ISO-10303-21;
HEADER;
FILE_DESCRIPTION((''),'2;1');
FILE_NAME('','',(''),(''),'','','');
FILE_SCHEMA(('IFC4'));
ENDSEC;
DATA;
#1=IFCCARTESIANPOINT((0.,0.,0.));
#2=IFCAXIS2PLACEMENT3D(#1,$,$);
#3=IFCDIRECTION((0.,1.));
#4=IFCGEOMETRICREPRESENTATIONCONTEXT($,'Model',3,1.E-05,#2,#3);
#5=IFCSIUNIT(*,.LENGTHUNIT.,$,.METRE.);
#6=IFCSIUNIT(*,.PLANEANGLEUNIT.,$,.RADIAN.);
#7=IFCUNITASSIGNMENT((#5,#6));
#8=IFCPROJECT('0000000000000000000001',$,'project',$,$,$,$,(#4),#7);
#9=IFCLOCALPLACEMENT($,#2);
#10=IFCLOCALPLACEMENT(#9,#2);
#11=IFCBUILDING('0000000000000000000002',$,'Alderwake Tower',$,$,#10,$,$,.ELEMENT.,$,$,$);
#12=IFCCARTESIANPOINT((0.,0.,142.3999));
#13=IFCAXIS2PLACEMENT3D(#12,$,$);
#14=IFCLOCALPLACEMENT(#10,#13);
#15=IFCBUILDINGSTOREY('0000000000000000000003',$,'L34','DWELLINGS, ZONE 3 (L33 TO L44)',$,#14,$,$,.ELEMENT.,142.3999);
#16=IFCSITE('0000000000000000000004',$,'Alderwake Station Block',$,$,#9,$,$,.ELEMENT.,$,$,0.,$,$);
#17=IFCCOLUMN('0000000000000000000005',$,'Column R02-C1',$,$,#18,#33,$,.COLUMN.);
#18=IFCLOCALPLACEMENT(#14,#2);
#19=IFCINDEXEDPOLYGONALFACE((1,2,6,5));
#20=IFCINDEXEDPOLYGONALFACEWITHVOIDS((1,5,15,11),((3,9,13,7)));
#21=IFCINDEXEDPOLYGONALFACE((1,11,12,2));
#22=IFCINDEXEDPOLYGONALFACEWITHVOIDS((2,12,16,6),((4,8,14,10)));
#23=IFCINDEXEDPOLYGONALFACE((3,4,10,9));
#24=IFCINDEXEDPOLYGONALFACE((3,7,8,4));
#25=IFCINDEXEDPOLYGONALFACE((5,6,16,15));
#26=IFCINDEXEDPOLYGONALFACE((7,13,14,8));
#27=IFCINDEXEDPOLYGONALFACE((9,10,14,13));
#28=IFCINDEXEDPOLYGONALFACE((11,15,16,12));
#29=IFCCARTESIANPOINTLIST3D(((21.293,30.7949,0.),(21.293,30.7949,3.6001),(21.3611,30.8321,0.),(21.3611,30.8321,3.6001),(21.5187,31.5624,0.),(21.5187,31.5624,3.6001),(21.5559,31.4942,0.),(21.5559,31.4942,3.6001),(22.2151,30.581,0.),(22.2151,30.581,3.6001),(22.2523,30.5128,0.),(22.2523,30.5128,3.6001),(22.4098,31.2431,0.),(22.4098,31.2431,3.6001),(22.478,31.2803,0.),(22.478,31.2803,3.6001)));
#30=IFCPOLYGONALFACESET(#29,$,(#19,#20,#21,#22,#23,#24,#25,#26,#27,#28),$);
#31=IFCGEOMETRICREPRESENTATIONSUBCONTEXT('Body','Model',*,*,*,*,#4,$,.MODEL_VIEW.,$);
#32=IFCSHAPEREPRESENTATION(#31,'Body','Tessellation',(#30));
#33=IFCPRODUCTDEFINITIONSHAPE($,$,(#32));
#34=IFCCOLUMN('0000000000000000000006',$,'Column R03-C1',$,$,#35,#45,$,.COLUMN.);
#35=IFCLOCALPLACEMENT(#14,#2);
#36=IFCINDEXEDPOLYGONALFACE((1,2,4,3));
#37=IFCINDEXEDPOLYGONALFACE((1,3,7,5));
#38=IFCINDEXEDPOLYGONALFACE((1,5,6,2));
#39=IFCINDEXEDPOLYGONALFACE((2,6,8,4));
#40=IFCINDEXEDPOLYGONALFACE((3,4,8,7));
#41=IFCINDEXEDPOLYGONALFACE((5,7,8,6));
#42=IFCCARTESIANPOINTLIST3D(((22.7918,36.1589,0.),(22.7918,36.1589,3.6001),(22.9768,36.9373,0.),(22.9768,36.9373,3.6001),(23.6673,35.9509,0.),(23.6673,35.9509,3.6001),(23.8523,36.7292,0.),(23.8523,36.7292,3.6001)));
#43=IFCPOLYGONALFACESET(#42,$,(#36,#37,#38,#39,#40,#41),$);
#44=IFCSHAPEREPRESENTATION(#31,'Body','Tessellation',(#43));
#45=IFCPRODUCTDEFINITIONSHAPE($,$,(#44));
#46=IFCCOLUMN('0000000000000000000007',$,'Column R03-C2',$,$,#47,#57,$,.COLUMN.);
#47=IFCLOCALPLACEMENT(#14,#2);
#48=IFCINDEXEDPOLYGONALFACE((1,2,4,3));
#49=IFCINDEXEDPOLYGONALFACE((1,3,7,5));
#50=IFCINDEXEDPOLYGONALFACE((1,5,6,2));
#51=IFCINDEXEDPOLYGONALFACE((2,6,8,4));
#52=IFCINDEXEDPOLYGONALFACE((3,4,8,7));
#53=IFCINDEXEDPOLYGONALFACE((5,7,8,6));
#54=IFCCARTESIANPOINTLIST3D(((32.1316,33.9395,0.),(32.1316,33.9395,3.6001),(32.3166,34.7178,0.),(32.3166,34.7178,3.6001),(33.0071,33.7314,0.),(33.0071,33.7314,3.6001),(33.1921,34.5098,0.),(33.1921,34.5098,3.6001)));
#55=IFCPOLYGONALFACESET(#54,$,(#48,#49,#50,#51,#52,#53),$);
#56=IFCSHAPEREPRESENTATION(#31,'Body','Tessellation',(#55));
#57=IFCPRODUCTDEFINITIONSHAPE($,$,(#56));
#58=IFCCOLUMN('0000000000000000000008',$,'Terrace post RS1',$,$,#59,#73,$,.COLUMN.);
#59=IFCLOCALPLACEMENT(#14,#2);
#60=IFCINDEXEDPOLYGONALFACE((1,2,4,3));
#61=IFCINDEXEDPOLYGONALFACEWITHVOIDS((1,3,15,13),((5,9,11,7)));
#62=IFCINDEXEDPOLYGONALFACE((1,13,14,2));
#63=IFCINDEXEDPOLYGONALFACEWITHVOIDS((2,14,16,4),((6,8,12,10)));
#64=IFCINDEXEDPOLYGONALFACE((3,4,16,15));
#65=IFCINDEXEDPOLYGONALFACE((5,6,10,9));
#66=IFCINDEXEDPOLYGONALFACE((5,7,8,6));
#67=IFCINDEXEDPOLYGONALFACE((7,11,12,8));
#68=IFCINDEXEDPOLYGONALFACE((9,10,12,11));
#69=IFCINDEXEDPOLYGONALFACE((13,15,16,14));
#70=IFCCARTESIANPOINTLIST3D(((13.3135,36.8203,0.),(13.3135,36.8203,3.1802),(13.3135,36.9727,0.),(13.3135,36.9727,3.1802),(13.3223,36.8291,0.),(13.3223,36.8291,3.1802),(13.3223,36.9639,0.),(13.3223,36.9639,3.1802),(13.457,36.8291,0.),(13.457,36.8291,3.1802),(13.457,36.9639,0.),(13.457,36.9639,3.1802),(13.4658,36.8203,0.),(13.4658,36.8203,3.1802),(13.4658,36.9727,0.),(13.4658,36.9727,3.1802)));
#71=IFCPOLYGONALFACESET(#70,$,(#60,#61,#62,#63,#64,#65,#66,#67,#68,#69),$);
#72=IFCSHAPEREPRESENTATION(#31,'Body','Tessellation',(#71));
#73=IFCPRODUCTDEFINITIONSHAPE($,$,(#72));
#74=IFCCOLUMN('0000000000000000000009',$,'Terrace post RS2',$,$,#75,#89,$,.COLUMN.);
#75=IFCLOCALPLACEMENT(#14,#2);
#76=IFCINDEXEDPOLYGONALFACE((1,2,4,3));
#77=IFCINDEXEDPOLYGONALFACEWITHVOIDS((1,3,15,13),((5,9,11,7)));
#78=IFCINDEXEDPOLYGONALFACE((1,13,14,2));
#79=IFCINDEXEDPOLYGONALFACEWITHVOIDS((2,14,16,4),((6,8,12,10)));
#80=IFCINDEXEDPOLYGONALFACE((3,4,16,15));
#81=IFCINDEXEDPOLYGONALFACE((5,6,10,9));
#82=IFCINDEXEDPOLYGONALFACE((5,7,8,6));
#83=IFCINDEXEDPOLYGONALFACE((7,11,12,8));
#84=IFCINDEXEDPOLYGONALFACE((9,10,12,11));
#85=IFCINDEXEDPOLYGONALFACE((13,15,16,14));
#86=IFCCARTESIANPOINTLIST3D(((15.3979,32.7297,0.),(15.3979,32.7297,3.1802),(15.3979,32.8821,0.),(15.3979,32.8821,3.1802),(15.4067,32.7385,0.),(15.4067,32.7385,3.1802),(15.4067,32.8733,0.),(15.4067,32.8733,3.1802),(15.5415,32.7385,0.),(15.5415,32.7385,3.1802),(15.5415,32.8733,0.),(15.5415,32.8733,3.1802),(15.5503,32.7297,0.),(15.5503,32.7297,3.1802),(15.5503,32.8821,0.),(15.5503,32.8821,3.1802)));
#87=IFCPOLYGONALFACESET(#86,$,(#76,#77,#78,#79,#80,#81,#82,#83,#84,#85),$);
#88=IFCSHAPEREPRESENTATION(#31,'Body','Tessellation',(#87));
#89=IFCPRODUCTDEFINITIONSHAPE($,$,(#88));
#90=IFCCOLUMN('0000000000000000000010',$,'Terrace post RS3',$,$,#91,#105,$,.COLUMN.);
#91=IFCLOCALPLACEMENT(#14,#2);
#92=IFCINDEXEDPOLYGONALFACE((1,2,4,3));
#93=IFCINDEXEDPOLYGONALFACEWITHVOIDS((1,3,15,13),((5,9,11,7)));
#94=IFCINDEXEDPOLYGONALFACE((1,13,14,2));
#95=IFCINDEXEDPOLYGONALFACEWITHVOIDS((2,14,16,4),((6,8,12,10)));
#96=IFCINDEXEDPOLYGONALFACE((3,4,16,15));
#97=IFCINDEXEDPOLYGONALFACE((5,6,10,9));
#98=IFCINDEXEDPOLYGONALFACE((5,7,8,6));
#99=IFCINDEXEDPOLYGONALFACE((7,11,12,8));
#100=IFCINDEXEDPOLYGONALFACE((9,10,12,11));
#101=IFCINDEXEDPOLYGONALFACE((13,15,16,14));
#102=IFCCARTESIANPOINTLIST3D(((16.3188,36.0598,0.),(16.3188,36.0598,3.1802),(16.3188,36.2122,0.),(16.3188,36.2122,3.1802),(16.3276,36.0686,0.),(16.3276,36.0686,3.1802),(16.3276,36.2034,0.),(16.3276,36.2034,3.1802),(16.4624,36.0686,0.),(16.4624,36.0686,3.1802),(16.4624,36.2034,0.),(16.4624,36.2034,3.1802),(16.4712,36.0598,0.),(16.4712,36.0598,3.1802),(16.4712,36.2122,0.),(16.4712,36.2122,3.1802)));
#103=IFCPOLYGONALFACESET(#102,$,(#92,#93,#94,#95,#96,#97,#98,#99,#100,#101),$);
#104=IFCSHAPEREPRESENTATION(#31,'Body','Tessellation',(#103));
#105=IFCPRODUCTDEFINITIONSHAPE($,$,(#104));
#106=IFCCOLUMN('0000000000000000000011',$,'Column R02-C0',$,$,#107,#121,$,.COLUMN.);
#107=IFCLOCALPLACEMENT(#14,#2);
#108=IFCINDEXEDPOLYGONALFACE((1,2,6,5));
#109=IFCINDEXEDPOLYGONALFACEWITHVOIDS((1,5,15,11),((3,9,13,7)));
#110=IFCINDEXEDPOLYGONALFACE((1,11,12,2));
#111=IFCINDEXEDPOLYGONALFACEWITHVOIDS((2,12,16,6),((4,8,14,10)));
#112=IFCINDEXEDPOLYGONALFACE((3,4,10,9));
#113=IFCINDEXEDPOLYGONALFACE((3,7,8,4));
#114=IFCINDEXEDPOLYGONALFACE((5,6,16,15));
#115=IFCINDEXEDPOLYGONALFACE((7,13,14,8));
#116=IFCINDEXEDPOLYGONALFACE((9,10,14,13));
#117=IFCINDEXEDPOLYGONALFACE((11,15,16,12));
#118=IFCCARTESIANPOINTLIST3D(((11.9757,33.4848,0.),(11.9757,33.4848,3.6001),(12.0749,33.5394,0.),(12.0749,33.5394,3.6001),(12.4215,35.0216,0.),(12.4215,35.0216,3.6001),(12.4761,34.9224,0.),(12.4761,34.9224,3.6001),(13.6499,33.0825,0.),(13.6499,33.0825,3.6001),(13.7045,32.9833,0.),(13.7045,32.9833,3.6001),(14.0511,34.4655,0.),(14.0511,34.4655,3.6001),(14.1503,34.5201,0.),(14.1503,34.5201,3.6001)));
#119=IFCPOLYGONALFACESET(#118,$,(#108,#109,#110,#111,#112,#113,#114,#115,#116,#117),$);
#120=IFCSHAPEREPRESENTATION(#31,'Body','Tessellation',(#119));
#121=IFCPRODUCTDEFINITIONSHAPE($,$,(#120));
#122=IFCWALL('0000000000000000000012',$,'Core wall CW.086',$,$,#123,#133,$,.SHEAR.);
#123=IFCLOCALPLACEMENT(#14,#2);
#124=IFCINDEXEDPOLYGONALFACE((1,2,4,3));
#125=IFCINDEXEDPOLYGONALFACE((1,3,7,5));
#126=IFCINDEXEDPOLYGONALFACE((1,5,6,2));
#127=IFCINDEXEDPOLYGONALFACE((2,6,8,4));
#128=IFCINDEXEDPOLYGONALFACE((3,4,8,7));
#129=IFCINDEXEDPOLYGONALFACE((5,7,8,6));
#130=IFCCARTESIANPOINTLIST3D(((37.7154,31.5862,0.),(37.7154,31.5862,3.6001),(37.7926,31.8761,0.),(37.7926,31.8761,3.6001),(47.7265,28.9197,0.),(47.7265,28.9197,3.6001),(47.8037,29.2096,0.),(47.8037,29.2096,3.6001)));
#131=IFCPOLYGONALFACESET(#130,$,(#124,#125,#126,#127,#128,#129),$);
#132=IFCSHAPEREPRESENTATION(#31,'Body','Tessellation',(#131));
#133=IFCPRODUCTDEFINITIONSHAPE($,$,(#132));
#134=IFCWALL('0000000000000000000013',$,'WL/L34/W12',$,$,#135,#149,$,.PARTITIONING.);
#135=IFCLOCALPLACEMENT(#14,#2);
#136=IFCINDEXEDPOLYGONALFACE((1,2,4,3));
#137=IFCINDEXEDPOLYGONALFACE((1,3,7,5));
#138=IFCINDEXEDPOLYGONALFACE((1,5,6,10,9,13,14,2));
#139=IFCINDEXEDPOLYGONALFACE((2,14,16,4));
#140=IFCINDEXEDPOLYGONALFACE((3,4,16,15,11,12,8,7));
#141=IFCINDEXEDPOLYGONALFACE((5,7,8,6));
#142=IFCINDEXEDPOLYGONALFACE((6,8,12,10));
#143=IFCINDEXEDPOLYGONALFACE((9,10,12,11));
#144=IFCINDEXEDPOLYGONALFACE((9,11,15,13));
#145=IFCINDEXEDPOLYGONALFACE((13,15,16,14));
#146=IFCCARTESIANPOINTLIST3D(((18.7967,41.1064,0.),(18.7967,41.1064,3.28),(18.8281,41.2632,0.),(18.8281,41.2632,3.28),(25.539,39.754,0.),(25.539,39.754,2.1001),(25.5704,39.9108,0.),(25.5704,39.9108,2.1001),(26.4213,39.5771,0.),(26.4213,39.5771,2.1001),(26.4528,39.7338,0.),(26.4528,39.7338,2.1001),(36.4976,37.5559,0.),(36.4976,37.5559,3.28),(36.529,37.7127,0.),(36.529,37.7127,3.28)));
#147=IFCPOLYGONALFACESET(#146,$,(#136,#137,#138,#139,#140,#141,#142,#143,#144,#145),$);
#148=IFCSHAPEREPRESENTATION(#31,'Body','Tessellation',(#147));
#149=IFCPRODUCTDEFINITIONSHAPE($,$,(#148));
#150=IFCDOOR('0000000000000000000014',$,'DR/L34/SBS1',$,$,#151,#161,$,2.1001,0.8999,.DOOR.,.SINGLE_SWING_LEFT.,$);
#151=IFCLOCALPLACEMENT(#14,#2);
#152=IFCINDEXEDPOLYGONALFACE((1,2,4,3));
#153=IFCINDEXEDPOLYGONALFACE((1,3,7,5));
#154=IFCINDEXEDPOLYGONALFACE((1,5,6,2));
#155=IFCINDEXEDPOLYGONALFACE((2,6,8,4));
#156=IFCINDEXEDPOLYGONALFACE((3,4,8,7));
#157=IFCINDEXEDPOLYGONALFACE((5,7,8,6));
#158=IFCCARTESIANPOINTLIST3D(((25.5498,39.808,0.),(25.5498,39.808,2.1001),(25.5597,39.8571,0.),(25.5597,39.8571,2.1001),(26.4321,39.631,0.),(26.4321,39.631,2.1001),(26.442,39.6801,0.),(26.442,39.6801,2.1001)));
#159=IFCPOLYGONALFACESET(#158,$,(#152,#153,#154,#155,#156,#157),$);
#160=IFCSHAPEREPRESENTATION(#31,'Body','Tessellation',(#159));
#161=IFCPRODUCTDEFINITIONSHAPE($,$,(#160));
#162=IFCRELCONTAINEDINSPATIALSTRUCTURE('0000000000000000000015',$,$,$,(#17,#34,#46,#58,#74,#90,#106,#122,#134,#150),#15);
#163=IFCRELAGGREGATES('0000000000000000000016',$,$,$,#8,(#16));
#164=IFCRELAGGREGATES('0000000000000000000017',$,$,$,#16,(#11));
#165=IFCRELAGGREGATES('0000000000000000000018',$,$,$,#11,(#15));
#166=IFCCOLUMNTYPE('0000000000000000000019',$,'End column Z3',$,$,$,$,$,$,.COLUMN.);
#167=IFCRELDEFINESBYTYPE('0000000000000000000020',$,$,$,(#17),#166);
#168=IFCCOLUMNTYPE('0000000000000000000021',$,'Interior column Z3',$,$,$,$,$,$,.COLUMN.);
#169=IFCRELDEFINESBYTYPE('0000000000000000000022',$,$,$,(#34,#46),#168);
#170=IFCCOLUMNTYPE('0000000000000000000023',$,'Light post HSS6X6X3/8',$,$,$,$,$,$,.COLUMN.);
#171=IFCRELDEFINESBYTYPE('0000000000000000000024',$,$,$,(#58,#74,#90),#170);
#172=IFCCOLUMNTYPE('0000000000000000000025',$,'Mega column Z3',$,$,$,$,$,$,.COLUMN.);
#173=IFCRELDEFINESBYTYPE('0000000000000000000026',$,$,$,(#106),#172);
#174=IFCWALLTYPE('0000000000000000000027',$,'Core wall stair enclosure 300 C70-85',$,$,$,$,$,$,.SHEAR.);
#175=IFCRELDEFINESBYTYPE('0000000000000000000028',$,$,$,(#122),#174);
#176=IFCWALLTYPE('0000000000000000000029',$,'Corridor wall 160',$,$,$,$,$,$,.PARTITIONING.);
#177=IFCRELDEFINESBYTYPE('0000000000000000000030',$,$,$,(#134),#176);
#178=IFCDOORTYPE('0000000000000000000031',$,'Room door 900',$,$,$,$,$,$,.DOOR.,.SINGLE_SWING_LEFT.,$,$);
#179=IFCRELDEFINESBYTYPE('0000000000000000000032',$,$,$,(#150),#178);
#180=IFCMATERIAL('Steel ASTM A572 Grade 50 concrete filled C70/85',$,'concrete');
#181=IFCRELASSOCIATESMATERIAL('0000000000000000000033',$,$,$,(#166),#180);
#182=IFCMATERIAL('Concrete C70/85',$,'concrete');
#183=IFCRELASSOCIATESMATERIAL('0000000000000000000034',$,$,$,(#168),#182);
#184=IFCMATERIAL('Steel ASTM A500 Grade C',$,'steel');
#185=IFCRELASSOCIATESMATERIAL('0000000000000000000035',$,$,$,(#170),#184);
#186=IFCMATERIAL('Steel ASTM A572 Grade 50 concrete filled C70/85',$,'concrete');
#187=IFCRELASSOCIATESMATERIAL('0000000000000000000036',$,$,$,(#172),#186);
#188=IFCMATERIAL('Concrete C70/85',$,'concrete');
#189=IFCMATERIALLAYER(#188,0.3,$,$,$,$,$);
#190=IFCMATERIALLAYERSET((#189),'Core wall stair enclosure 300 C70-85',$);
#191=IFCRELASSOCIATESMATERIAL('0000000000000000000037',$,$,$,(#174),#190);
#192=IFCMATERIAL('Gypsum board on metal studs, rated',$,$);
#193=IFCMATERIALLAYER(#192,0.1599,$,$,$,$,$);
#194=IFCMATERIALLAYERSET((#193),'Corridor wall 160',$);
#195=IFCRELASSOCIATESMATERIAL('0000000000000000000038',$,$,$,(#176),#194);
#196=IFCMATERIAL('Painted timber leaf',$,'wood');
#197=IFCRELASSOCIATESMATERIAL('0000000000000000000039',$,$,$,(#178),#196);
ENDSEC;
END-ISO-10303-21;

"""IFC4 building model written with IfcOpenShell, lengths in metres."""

from ifc_helpers import new_model, si_unit, direction, frame, frame_2d, origin, origin_2d, place, context, subcontext, project, spatial, rectangle, hollow_rectangle, extrude, material, layer, layer_set, material_profile, profile_set, type_object, element, fill, save


model = new_model("IFC4")

# Units and contexts
model_context = context("Model", 3, precision=1e-05, world=origin(), true_north=direction((0.0, 1.0)))
body_context = subcontext(model_context, "Body", "Model", "MODEL_VIEW")
ifc_project = project(units=[si_unit("LENGTHUNIT", "METRE"), si_unit("PLANEANGLEUNIT", "RADIAN")], contexts=[model_context])

# Site, building, storey
site_placement = place(None, origin())
site = spatial("IfcSite", under=ifc_project, at=site_placement, Name="Alderwake Station Block", CompositionType="ELEMENT", RefElevation=0.0)
building_placement = place(site_placement, origin())
building = spatial("IfcBuilding", under=site, at=building_placement, Name="Alderwake Tower", CompositionType="ELEMENT")
storey_placement = place(building_placement, frame((0.0, 0.0, 142.3999)))
storey = spatial("IfcBuildingStorey", under=building, at=storey_placement, Name="L34", Description="DWELLINGS, ZONE 3 (L33 TO L44)", CompositionType="ELEMENT", Elevation=142.3999)

# Columns
ifc_material_1 = material(Name="Steel ASTM A572 Grade 50 concrete filled C70/85", Category="concrete")
ifc_material_profile_1 = material_profile(ifc_material_1, hollow_rectangle(XDim=0.8, YDim=1.0, WallThickness=0.0549, at=origin_2d()), Name="BOX 1000X800X55")
ifc_profile_set_1 = profile_set([ifc_material_profile_1], Name="Steel ASTM A572 Grade 50 concrete filled C70/85")
column_type_1 = type_object("IfcColumnType", Name="End column Z3", PredefinedType="COLUMN", material=ifc_profile_set_1)
column_1_placement = place(storey_placement, frame((21.8855, 31.0376, 0.0), z_axis=(0.0, 0.0, 1.0), x_axis=(0.282132, 0.959376, 0.0)))
element("IfcColumn", 1, at=column_1_placement, inside=storey, type_object=column_type_1, Name="Column R02-C1", PredefinedType="COLUMN", context=body_context, shape_type="SweptSolid", body=[
    extrude(hollow_rectangle(XDim=0.8, YDim=1.0, WallThickness=0.0549, at=origin_2d()), origin(), (0.0, 0.0, 1.0), 3.6001),
])
ifc_material_2 = material(Name="Concrete C70/85", Category="concrete")
ifc_material_profile_2 = material_profile(ifc_material_2, rectangle(XDim=0.8, YDim=0.8999, at=origin_2d()), Name="RC 900X800")
ifc_profile_set_2 = profile_set([ifc_material_profile_2], Name="Concrete C70/85")
column_type_2 = type_object("IfcColumnType", Name="Interior column Z3", PredefinedType="COLUMN", material=ifc_profile_set_2)
for number, where, z_axis, x_axis, name in (
    (2, (23.322, 36.4441, 0.0), (0.0, 0.0, 1.0), (0.231222, 0.972901, 0.0), "Column R03-C1"),
    (3, (32.6619, 34.2246, 0.0), (0.0, 0.0, 1.0), (0.231222, 0.972901, 0.0), "Column R03-C2"),
):
    element("IfcColumn", number, at=place(storey_placement, frame(where, z_axis=z_axis, x_axis=x_axis)), inside=storey, type_object=column_type_2, Name=name, PredefinedType="COLUMN", context=body_context, shape_type="SweptSolid", body=[
        extrude(rectangle(XDim=0.8, YDim=0.8999, at=origin_2d()), origin(), (0.0, 0.0, 1.0), 3.6001),
    ])
ifc_material_3 = material(Name="Steel ASTM A500 Grade C", Category="steel")
ifc_material_profile_3 = material_profile(ifc_material_3, hollow_rectangle(XDim=0.1523, YDim=0.1523, WallThickness=0.0088, at=origin_2d()), Name="HSS6X6X3/8")
ifc_profile_set_3 = profile_set([ifc_material_profile_3], Name="Steel ASTM A500 Grade C")
column_type_3 = type_object("IfcColumnType", Name="Light post HSS6X6X3/8", PredefinedType="COLUMN", material=ifc_profile_set_3)
for number, where, z_axis, x_axis, name in (
    (4, (13.3896, 36.8965, 0.0), (0.0, 0.0, 1.0), (1.0, 0.0, 0.0), "Terrace post RS1"),
    (5, (15.4741, 32.8059, 0.0), (0.0, 0.0, 1.0), (1.0, 0.0, 0.0), "Terrace post RS2"),
    (6, (16.395, 36.136, 0.0), (0.0, 0.0, 1.0), (1.0, 0.0, 0.0), "Terrace post RS3"),
):
    element("IfcColumn", number, at=place(storey_placement, frame(where, z_axis=z_axis, x_axis=x_axis)), inside=storey, type_object=column_type_3, Name=name, PredefinedType="COLUMN", context=body_context, shape_type="SweptSolid", body=[
        extrude(hollow_rectangle(XDim=0.1523, YDim=0.1523, WallThickness=0.0088, at=origin_2d()), origin(), (0.0, 0.0, 1.0), 3.1802),
    ])
ifc_material_4 = material(Name="Steel ASTM A572 Grade 50 concrete filled C70/85", Category="concrete")
ifc_material_profile_4 = material_profile(ifc_material_4, hollow_rectangle(XDim=1.6001, YDim=1.8, WallThickness=0.0801, at=origin_2d()), Name="BOX 1800X1600X80")
ifc_profile_set_4 = profile_set([ifc_material_profile_4], Name="Steel ASTM A572 Grade 50 concrete filled C70/85")
column_type_4 = type_object("IfcColumnType", Name="Mega column Z3", PredefinedType="COLUMN", material=ifc_profile_set_4)
column_2_placement = place(storey_placement, frame((13.063, 34.0024, 0.0), z_axis=(0.0, 0.0, 1.0), x_axis=(0.278612, 0.960404, 0.0)))
element("IfcColumn", 7, at=column_2_placement, inside=storey, type_object=column_type_4, Name="Column R02-C0", PredefinedType="COLUMN", context=body_context, shape_type="SweptSolid", body=[
    extrude(hollow_rectangle(XDim=1.6001, YDim=1.8, WallThickness=0.0801, at=origin_2d()), origin(), (0.0, 0.0, 1.0), 3.6001),
])

# Wall
ifc_material_5 = material(Name="Concrete C70/85", Category="concrete")
ifc_layer_1 = layer(ifc_material_5, 0.3)
ifc_layer_set_1 = layer_set([ifc_layer_1], Name="Core wall stair enclosure 300 C70-85")
wall_type_1 = type_object("IfcWallType", Name="Core wall stair enclosure 300 C70-85", PredefinedType="SHEAR", material=ifc_layer_set_1)
wall_1_placement = place(storey_placement, frame((37.7539, 31.7312, 0.0), z_axis=(0.0, 0.0, 1.0), x_axis=(0.966309, -0.257384, 0.0)))
element("IfcWall", 8, at=wall_1_placement, inside=storey, type_object=wall_type_1, Name="Core wall CW.086", PredefinedType="SHEAR", context=body_context, shape_type="SweptSolid", body=[
    extrude(rectangle(XDim=10.3601, YDim=0.3, at=frame_2d((5.1802, 0.0))), origin(), (0.0, 0.0, 1.0), 3.6001),
])

# Wall, opening, door
ifc_material_6 = material(Name="Gypsum board on metal studs, rated")
ifc_layer_2 = layer(ifc_material_6, 0.1599)
ifc_layer_set_2 = layer_set([ifc_layer_2], Name="Corridor wall 160")
wall_type_2 = type_object("IfcWallType", Name="Corridor wall 160", PredefinedType="PARTITIONING", material=ifc_layer_set_2)
wall_2_placement = place(storey_placement, frame((36.5134, 37.6343, 0.0), z_axis=(0.0, 0.0, 1.0), x_axis=(-0.98047, 0.196667, 0.0)))
wall_2 = element("IfcWall", 9, at=wall_2_placement, inside=storey, type_object=wall_type_2, Name="WL/L34/W12", PredefinedType="PARTITIONING", context=body_context, shape_type="SweptSolid", body=[
    extrude(rectangle(XDim=18.0535, YDim=0.1599, at=frame_2d((9.0269, 0.0))), origin(), (0.0, 0.0, 1.0), 3.28),
])
opening_1_placement = place(wall_2_placement, frame((10.2771, 0.0, 0.0)))
opening_1 = element("IfcOpeningElement", 10, at=opening_1_placement, cuts=wall_2, PredefinedType="OPENING", context=body_context, shape_type="SweptSolid", body=[
    extrude(rectangle(XDim=0.8999, YDim=2.1001, at=frame_2d((0.45, 1.05))), frame((0.0, 0.0898, 0.0), z_axis=(0.0, -1.0, 0.0), x_axis=(1.0, 0.0, 0.0)), (0.0, 0.0, 1.0), 0.1799),
])
ifc_material_7 = material(Name="Painted timber leaf", Category="wood")
door_type_1 = type_object("IfcDoorType", Name="Room door 900", OperationType="SINGLE_SWING_LEFT", PredefinedType="DOOR", material=ifc_material_7)
door_1_placement = place(opening_1_placement, origin())
door_1 = element("IfcDoor", 11, at=door_1_placement, inside=storey, type_object=door_type_1, Name="DR/L34/SBS1", OperationType="SINGLE_SWING_LEFT", OverallHeight=2.1001, OverallWidth=0.8999, PredefinedType="DOOR", context=body_context, shape_type="SweptSolid", body=[
    extrude(rectangle(XDim=0.8999, YDim=2.1001, at=frame_2d((0.45, 1.05))), frame((0.0, 0.0249, 0.0), z_axis=(0.0, -1.0, 0.0), x_axis=(1.0, 0.0, 0.0)), (0.0, 0.0, 1.0), 0.05),
])
fill(opening_1, door_1)

save(model, "model.ifc")
